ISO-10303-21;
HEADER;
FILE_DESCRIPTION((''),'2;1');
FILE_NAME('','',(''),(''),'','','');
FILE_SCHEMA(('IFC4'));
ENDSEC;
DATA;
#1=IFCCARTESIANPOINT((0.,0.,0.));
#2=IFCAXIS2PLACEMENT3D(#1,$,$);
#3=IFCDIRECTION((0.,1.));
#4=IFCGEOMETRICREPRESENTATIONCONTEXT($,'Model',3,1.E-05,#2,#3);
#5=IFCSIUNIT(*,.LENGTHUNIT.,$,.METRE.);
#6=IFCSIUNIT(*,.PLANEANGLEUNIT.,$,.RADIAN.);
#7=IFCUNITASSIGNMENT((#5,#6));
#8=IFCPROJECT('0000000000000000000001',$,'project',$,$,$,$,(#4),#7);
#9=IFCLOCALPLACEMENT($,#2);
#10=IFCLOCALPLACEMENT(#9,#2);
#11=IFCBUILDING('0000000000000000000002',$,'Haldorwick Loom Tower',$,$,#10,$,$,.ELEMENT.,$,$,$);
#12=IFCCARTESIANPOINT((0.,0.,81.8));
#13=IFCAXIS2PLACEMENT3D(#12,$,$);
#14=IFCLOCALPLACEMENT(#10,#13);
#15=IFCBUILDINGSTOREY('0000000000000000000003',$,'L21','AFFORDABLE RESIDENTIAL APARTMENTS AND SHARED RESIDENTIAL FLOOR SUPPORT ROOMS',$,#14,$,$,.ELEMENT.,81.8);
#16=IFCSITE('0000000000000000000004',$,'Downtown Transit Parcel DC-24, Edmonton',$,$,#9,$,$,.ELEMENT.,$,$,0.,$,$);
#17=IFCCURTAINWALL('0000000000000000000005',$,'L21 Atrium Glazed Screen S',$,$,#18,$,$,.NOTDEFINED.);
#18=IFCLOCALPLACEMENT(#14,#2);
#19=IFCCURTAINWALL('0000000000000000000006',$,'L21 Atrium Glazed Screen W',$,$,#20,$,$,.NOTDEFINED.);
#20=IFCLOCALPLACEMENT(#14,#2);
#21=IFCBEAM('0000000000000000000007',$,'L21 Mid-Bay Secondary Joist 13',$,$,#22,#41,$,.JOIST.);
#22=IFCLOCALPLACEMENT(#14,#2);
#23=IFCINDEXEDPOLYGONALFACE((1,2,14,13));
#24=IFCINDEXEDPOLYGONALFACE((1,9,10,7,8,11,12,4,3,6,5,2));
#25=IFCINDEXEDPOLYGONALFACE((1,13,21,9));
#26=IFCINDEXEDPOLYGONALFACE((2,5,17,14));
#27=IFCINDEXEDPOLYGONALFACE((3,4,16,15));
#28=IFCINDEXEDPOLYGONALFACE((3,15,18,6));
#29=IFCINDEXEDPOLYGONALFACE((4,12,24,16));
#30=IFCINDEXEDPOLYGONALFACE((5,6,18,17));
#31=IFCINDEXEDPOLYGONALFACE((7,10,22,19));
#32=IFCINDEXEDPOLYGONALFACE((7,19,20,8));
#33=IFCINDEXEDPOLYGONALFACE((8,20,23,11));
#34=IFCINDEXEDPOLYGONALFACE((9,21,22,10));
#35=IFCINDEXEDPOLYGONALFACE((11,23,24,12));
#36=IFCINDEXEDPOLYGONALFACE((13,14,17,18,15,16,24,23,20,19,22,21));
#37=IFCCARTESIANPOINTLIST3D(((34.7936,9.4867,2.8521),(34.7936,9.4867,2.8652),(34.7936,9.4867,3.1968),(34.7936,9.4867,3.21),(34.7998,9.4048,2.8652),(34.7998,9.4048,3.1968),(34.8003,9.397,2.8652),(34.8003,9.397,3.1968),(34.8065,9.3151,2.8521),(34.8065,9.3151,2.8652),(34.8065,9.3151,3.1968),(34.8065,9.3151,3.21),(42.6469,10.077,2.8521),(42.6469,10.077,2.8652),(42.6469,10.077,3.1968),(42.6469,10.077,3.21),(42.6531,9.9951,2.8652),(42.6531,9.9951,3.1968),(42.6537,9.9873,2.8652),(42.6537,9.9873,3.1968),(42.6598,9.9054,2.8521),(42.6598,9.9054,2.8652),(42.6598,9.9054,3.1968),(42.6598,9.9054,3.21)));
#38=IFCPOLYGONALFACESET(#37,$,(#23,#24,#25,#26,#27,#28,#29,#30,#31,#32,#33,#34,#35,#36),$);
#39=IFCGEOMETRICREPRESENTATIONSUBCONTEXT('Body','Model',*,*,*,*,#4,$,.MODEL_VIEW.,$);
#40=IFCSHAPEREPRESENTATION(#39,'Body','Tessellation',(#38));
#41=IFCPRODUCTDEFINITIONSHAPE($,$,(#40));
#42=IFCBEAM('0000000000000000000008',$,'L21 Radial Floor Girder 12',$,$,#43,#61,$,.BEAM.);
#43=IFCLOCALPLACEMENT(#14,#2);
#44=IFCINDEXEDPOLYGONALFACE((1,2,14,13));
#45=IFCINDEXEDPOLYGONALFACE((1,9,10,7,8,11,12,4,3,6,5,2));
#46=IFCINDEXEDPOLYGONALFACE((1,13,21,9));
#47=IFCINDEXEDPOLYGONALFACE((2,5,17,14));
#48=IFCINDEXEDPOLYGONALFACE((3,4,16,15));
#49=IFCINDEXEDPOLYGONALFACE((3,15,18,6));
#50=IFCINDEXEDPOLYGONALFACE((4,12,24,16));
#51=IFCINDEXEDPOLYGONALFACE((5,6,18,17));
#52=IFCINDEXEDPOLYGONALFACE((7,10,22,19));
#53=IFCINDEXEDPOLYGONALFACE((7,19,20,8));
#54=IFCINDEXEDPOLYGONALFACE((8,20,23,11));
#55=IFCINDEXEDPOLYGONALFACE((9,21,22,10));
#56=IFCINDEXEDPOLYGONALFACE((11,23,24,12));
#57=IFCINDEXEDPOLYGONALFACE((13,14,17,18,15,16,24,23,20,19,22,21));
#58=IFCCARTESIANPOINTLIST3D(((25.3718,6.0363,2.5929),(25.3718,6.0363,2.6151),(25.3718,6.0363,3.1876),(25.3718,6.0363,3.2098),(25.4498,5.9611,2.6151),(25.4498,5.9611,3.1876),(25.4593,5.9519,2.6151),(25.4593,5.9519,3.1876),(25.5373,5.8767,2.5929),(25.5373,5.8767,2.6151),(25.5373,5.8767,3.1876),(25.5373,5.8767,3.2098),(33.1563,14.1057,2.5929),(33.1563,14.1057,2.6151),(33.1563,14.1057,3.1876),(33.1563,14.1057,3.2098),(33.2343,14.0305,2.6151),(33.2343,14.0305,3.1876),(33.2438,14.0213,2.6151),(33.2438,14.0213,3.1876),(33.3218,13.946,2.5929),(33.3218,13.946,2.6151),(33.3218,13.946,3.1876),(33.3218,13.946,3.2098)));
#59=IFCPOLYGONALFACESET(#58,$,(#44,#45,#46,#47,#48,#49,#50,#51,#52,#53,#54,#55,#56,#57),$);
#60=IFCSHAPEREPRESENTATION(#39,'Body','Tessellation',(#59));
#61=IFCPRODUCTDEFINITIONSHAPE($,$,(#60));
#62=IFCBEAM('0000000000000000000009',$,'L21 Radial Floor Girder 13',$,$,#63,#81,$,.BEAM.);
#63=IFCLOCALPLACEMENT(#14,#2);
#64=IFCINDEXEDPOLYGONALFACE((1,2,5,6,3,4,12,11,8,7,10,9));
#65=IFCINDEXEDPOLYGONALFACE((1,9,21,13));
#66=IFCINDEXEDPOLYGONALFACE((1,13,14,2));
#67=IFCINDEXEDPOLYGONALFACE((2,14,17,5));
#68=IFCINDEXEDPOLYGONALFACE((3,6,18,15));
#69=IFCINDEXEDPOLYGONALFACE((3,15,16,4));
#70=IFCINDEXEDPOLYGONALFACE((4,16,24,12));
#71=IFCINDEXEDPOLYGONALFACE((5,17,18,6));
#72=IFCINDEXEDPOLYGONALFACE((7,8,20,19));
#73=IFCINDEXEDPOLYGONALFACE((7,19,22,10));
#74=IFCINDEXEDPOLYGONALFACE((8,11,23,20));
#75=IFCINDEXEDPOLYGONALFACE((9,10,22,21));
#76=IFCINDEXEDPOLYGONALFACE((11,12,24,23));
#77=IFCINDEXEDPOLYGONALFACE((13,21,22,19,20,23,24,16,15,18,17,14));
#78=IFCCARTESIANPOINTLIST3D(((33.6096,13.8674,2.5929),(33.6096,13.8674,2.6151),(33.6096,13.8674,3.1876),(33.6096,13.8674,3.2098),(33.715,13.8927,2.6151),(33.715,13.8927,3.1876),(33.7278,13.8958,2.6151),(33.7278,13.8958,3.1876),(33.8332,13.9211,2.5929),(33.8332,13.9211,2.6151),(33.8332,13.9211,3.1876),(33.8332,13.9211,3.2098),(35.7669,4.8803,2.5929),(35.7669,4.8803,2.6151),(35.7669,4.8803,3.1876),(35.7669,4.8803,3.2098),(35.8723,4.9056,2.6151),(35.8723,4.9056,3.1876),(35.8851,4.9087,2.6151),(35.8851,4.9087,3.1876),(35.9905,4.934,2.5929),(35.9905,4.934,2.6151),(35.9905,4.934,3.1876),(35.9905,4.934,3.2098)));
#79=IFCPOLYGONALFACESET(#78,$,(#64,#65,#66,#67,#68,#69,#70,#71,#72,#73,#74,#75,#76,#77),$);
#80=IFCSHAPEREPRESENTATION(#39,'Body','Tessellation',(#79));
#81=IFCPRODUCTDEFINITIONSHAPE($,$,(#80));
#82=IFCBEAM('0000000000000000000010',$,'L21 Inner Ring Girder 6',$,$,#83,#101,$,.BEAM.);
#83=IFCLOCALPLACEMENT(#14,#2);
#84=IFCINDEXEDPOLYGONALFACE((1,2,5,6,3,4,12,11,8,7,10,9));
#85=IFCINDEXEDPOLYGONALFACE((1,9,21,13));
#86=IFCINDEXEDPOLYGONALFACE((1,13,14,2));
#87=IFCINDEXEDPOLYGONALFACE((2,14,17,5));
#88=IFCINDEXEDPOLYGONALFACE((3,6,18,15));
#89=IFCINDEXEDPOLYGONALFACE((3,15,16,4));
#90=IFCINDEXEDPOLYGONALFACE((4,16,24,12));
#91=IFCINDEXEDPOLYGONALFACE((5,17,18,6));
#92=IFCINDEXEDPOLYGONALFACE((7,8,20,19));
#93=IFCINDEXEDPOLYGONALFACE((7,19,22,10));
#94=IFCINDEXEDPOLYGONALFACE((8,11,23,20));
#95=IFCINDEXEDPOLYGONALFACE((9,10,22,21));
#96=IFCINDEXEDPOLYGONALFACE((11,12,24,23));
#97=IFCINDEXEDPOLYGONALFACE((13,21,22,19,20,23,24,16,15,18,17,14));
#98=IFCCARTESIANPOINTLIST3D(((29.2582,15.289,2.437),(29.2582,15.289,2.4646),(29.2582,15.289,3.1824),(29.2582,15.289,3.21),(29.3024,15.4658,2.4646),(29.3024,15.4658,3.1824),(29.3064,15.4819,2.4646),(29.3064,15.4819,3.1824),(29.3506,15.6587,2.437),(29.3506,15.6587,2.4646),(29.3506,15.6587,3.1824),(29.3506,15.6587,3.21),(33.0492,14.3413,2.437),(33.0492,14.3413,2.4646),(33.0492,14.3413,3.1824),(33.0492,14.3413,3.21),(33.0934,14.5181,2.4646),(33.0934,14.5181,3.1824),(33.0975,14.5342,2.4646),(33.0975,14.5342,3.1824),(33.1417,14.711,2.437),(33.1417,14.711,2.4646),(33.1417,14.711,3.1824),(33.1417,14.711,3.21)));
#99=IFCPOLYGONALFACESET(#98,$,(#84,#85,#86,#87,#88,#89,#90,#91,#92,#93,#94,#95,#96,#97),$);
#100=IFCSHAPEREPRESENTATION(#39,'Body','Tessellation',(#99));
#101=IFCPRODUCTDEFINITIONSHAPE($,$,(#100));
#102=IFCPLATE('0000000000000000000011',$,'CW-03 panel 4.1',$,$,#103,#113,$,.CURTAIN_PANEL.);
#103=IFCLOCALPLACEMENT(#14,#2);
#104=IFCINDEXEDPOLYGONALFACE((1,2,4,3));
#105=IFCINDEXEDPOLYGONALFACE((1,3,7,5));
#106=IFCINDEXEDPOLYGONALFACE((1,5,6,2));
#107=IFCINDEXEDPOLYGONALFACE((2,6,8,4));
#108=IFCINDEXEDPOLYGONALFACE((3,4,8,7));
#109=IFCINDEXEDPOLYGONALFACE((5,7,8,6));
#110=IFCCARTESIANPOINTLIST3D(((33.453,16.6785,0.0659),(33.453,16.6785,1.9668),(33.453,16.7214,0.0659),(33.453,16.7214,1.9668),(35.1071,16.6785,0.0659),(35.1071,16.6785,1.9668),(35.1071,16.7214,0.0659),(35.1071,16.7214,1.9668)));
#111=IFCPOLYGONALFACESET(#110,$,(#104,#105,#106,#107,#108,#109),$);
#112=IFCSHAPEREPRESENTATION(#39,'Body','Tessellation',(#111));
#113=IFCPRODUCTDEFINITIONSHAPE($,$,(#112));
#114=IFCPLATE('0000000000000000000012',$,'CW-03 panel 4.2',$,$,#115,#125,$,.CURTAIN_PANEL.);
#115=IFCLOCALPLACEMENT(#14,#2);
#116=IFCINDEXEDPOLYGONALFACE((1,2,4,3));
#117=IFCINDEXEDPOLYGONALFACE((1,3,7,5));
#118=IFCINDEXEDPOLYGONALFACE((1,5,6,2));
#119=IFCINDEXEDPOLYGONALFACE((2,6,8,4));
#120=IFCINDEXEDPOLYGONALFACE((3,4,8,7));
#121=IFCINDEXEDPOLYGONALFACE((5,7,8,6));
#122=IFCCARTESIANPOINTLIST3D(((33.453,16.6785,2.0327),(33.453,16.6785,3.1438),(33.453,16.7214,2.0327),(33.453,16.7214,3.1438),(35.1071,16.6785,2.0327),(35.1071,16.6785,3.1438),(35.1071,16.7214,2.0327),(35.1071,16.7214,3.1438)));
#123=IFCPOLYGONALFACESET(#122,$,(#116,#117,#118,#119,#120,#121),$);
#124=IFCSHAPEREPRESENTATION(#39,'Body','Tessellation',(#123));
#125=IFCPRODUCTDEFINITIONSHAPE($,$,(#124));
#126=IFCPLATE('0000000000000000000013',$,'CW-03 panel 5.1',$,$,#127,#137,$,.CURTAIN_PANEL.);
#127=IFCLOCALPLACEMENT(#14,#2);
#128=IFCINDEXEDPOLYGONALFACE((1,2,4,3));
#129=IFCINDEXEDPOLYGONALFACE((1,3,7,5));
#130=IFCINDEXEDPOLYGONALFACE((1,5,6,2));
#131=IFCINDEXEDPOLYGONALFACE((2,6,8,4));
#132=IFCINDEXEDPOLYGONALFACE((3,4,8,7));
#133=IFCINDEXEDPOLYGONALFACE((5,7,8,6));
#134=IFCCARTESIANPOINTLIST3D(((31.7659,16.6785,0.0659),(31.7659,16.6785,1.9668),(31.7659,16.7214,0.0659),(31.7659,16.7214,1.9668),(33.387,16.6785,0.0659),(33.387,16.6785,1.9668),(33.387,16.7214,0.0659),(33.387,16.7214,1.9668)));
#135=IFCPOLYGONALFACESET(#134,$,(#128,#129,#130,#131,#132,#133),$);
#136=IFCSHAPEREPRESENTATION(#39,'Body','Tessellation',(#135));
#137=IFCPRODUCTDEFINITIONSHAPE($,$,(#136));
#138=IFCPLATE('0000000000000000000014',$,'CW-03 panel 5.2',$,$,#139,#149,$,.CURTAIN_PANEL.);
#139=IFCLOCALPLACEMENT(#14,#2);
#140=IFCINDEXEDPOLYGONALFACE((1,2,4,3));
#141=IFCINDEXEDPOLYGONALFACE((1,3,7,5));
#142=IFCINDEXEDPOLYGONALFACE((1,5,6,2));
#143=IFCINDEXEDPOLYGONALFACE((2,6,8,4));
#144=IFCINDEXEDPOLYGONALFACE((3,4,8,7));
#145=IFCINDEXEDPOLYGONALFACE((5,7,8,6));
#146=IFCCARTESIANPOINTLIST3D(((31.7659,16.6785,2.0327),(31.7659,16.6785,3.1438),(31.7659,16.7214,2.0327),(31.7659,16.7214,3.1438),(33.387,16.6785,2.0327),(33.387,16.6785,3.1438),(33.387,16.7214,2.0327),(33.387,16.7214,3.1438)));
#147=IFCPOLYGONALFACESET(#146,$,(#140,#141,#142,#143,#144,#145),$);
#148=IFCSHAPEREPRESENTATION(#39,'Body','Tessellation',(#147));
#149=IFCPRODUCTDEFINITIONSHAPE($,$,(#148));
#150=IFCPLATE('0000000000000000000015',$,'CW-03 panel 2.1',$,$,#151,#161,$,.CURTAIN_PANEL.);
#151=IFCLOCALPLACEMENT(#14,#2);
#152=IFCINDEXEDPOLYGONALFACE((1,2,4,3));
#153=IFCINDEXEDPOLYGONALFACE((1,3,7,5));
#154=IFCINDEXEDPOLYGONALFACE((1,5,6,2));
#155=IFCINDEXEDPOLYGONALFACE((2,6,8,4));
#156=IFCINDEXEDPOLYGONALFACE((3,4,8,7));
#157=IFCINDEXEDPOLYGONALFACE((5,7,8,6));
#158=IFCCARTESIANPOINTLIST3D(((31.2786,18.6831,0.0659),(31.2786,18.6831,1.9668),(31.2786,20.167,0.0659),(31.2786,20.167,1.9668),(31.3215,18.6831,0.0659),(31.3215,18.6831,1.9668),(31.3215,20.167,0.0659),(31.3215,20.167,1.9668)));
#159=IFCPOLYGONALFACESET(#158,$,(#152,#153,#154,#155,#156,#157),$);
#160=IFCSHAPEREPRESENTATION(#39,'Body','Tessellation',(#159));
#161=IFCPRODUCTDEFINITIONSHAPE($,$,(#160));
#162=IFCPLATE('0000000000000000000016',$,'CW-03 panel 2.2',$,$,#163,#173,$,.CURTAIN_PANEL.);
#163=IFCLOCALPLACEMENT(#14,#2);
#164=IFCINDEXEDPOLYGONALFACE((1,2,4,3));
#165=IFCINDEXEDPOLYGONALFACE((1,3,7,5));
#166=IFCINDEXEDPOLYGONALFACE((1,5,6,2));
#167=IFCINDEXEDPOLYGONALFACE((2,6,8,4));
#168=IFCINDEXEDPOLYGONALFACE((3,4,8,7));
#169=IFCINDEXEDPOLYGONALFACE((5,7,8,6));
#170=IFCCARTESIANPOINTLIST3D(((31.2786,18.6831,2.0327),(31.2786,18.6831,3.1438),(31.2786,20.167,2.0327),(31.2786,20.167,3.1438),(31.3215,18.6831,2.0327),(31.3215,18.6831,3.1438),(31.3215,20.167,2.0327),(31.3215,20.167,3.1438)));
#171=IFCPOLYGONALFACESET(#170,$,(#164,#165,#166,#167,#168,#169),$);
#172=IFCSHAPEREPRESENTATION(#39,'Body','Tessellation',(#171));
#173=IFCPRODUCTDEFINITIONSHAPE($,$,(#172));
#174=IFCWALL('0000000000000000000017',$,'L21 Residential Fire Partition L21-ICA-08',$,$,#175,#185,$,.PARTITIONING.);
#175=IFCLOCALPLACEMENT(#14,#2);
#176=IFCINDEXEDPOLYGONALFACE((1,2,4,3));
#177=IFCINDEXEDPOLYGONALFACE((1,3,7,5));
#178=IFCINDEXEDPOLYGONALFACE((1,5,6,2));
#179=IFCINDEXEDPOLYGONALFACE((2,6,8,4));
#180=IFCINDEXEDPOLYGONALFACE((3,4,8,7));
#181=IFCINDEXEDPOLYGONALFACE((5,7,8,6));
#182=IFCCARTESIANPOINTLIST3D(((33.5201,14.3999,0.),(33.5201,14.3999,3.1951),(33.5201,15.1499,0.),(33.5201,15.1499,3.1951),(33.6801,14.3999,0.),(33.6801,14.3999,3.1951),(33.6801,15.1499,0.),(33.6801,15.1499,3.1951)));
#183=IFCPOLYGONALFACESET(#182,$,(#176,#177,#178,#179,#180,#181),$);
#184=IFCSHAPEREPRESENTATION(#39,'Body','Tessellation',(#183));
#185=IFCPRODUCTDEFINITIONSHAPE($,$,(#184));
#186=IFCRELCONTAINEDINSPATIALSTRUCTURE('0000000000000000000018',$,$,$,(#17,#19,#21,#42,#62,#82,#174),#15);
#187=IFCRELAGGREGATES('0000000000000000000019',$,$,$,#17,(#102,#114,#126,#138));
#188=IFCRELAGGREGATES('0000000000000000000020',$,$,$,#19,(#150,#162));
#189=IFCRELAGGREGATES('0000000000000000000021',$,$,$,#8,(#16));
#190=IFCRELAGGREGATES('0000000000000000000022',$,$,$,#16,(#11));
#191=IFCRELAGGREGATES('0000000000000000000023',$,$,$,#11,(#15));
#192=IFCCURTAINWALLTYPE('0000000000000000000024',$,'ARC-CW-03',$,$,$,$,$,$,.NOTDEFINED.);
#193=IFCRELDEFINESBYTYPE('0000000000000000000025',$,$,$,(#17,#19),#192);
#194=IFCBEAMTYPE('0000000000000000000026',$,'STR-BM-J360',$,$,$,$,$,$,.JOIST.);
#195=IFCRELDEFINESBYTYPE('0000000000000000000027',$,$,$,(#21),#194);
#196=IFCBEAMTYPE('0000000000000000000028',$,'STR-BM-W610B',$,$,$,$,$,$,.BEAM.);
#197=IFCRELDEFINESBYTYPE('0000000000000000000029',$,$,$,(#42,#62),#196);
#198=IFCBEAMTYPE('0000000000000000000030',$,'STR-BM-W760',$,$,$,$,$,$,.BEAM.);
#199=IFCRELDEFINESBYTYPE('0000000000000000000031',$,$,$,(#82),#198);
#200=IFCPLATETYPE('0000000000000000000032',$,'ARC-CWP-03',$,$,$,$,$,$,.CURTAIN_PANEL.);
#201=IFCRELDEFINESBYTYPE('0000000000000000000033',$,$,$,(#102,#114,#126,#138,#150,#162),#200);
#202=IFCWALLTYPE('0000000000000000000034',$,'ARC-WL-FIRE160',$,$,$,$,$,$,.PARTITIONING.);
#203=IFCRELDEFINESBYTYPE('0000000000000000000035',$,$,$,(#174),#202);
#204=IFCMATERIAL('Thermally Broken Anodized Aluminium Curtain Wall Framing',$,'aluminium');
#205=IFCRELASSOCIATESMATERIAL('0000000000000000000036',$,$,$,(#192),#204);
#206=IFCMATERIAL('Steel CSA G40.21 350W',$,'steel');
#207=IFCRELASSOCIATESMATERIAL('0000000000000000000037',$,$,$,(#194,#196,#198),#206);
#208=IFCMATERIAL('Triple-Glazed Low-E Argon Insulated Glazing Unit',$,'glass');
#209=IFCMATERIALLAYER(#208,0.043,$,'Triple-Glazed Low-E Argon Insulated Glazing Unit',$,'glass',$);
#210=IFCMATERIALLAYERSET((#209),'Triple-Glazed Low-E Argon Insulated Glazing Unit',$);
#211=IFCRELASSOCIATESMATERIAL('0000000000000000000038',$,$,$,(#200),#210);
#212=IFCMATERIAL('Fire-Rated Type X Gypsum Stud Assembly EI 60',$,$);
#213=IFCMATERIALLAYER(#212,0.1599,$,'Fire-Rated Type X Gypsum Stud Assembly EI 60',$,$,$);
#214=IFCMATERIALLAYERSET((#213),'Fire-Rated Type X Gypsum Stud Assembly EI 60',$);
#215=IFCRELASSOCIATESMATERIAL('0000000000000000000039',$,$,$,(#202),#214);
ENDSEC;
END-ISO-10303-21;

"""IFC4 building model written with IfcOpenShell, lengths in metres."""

from ifc_helpers import new_model, si_unit, direction, frame, frame_2d, origin, origin_2d, place, context, subcontext, project, spatial, rectangle, i_section, extrude, material, layer, layer_set, material_profile, profile_set, type_object, element, aggregate, save


model = new_model("IFC4")

# Units and contexts
model_context = context("Model", 3, precision=1e-05, world=origin(), true_north=direction((0.0, 1.0)))
body_context = subcontext(model_context, "Body", "Model", "MODEL_VIEW")
ifc_project = project(units=[si_unit("LENGTHUNIT", "METRE"), si_unit("PLANEANGLEUNIT", "RADIAN")], contexts=[model_context])

# Site, building, storey
site_placement = place(None, origin())
site = spatial("IfcSite", under=ifc_project, at=site_placement, Name="Downtown Transit Parcel DC-24, Edmonton", CompositionType="ELEMENT", RefElevation=0.0)
building_placement = place(site_placement, origin())
building = spatial("IfcBuilding", under=site, at=building_placement, Name="Haldorwick Loom Tower", CompositionType="ELEMENT")
storey_placement = place(building_placement, frame((0.0, 0.0, 81.8)))
storey = spatial("IfcBuildingStorey", under=building, at=storey_placement, Name="L21", Description="AFFORDABLE RESIDENTIAL APARTMENTS AND SHARED RESIDENTIAL FLOOR SUPPORT ROOMS", CompositionType="ELEMENT", Elevation=81.8)

# Curtain wall
ifc_material_1 = material(Name="Thermally Broken Anodized Aluminium Curtain Wall Framing", Category="aluminium")
curtain_wall_type = type_object("IfcCurtainWallType", Name="ARC-CW-03", PredefinedType="NOTDEFINED", material=ifc_material_1)
curtain_wall_1_placement = place(storey_placement, origin())
curtain_wall_1 = element("IfcCurtainWall", 1, at=curtain_wall_1_placement, inside=storey, type_object=curtain_wall_type, Name="L21 Atrium Glazed Screen S", PredefinedType="NOTDEFINED")

# Curtain wall
curtain_wall_2_placement = place(storey_placement, origin())
curtain_wall_2 = element("IfcCurtainWall", 2, at=curtain_wall_2_placement, inside=storey, type_object=curtain_wall_type, Name="L21 Atrium Glazed Screen W", PredefinedType="NOTDEFINED")

# Beams
ifc_material_2 = material(Name="Steel CSA G40.21 350W", Category="steel")
ifc_material_profile_1 = material_profile(ifc_material_2, i_section(OverallWidth=0.1721, OverallDepth=0.3579, WebThickness=0.0078, FlangeThickness=0.0132, at=origin_2d()), Name="W360X57", Category="steel")
ifc_profile_set_1 = profile_set([ifc_material_profile_1], Name="Steel CSA G40.21 350W")
beam_type_1 = type_object("IfcBeamType", Name="STR-BM-J360", PredefinedType="JOIST", material=ifc_profile_set_1)
beam_1_placement = place(storey_placement, frame((34.8, 9.4009, 3.031), z_axis=(0.997187, 0.074959, 0.0), x_axis=(-0.074959, 0.997187, 0.0)))
element("IfcBeam", 3, at=beam_1_placement, inside=storey, type_object=beam_type_1, Name="L21 Mid-Bay Secondary Joist 13", PredefinedType="JOIST", context=body_context, shape_type="SweptSolid", body=[
    extrude(i_section(OverallWidth=0.1721, OverallDepth=0.3579, WebThickness=0.0078, FlangeThickness=0.0132, at=origin_2d()), origin(), (0.0, 0.0, 1.0), 7.8755),
])
ifc_material_profile_2 = material_profile(ifc_material_2, i_section(OverallWidth=0.23, OverallDepth=0.6169, WebThickness=0.0132, FlangeThickness=0.0222, at=origin_2d()), Name="W610X140", Category="steel")
ifc_profile_set_2 = profile_set([ifc_material_profile_2], Name="Steel CSA G40.21 350W")
beam_type_2 = type_object("IfcBeamType", Name="STR-BM-W610B", PredefinedType="BEAM", material=ifc_profile_set_2)
beam_2_placement = place(storey_placement, frame((33.239, 14.0259, 2.9014), z_axis=(-0.694287, -0.719698, 0.0), x_axis=(0.719698, -0.694287, 0.0)))
element("IfcBeam", 4, at=beam_2_placement, inside=storey, type_object=beam_type_2, Name="L21 Radial Floor Girder 12", PredefinedType="BEAM", context=body_context, shape_type="SweptSolid", body=[
    extrude(i_section(OverallWidth=0.23, OverallDepth=0.6169, WebThickness=0.0132, FlangeThickness=0.0222, at=origin_2d()), origin(), (0.0, 0.0, 1.0), 11.2122),
])
beam_3_placement = place(storey_placement, frame((33.7214, 13.8943, 2.9014), z_axis=(0.233407, -0.972379, 0.0), x_axis=(0.972379, 0.233407, 0.0)))
element("IfcBeam", 5, at=beam_3_placement, inside=storey, type_object=beam_type_2, Name="L21 Radial Floor Girder 13", PredefinedType="BEAM", context=body_context, shape_type="SweptSolid", body=[
    extrude(i_section(OverallWidth=0.23, OverallDepth=0.6169, WebThickness=0.0132, FlangeThickness=0.0222, at=origin_2d()), origin(), (0.0, 0.0, 1.0), 9.2424),
])
ifc_material_profile_3 = material_profile(ifc_material_2, i_section(OverallWidth=0.3811, OverallDepth=0.7729, WebThickness=0.0166, FlangeThickness=0.0276, at=origin_2d()), Name="W760X257", Category="steel")
ifc_profile_set_3 = profile_set([ifc_material_profile_3], Name="Steel CSA G40.21 350W")
beam_type_3 = type_object("IfcBeamType", Name="STR-BM-W760", PredefinedType="BEAM", material=ifc_profile_set_3)
beam_4_placement = place(storey_placement, frame((33.0955, 14.5261, 2.8235), z_axis=(-0.970143, 0.242536, 0.0), x_axis=(-0.242536, -0.970143, 0.0)))
element("IfcBeam", 6, at=beam_4_placement, inside=storey, type_object=beam_type_3, Name="L21 Inner Ring Girder 6", PredefinedType="BEAM", context=body_context, shape_type="SweptSolid", body=[
    extrude(i_section(OverallWidth=0.3811, OverallDepth=0.7729, WebThickness=0.0166, FlangeThickness=0.0276, at=origin_2d()), origin(), (0.0, 0.0, 1.0), 3.9077),
])

# Plates
ifc_material_3 = material(Name="Triple-Glazed Low-E Argon Insulated Glazing Unit", Category="glass")
ifc_layer_1 = layer(ifc_material_3, 0.043, Name="Triple-Glazed Low-E Argon Insulated Glazing Unit", Category="glass")
ifc_layer_set_1 = layer_set([ifc_layer_1], Name="Triple-Glazed Low-E Argon Insulated Glazing Unit")
plate_type = type_object("IfcPlateType", Name="ARC-CWP-03", PredefinedType="CURTAIN_PANEL", material=ifc_layer_set_1)
plate_1_placement = place(storey_placement, frame((34.28, 16.7, 0.0659), z_axis=(0.0, 0.0, 1.0), x_axis=(-1.0, 0.0, 0.0)))
plate_1 = element("IfcPlate", 7, at=plate_1_placement, type_object=plate_type, Name="CW-03 panel 4.1", PredefinedType="CURTAIN_PANEL", context=body_context, shape_type="SweptSolid", body=[
    extrude(rectangle(XDim=1.6541, YDim=0.043, at=origin_2d()), origin(), (0.0, 0.0, 1.0), 1.9009),
])
plate_2_placement = place(storey_placement, frame((34.28, 16.7, 2.0327), z_axis=(0.0, 0.0, 1.0), x_axis=(-1.0, 0.0, 0.0)))
plate_2 = element("IfcPlate", 8, at=plate_2_placement, type_object=plate_type, Name="CW-03 panel 4.2", PredefinedType="CURTAIN_PANEL", context=body_context, shape_type="SweptSolid", body=[
    extrude(rectangle(XDim=1.6541, YDim=0.043, at=origin_2d()), origin(), (0.0, 0.0, 1.0), 1.1111),
])
plate_3_placement = place(storey_placement, frame((32.5764, 16.7, 0.0659), z_axis=(0.0, 0.0, 1.0), x_axis=(-1.0, 0.0, 0.0)))
plate_3 = element("IfcPlate", 9, at=plate_3_placement, type_object=plate_type, Name="CW-03 panel 5.1", PredefinedType="CURTAIN_PANEL", context=body_context, shape_type="SweptSolid", body=[
    extrude(rectangle(XDim=1.6211, YDim=0.043, at=origin_2d()), origin(), (0.0, 0.0, 1.0), 1.9009),
])
plate_4_placement = place(storey_placement, frame((32.5764, 16.7, 2.0327), z_axis=(0.0, 0.0, 1.0), x_axis=(-1.0, 0.0, 0.0)))
plate_4 = element("IfcPlate", 10, at=plate_4_placement, type_object=plate_type, Name="CW-03 panel 5.2", PredefinedType="CURTAIN_PANEL", context=body_context, shape_type="SweptSolid", body=[
    extrude(rectangle(XDim=1.6211, YDim=0.043, at=origin_2d()), origin(), (0.0, 0.0, 1.0), 1.1111),
])
aggregate(curtain_wall_1, [plate_1, plate_2, plate_3, plate_4])
plate_5_placement = place(storey_placement, frame((31.3, 19.425, 0.0659), z_axis=(0.0, 0.0, 1.0), x_axis=(0.0, 1.0, 0.0)))
plate_5 = element("IfcPlate", 11, at=plate_5_placement, type_object=plate_type, Name="CW-03 panel 2.1", PredefinedType="CURTAIN_PANEL", context=body_context, shape_type="SweptSolid", body=[
    extrude(rectangle(XDim=1.4839, YDim=0.043, at=origin_2d()), origin(), (0.0, 0.0, 1.0), 1.9009),
])
plate_6_placement = place(storey_placement, frame((31.3, 19.425, 2.0327), z_axis=(0.0, 0.0, 1.0), x_axis=(0.0, 1.0, 0.0)))
plate_6 = element("IfcPlate", 12, at=plate_6_placement, type_object=plate_type, Name="CW-03 panel 2.2", PredefinedType="CURTAIN_PANEL", context=body_context, shape_type="SweptSolid", body=[
    extrude(rectangle(XDim=1.4839, YDim=0.043, at=origin_2d()), origin(), (0.0, 0.0, 1.0), 1.1111),
])
aggregate(curtain_wall_2, [plate_5, plate_6])

# Wall
ifc_material_4 = material(Name="Fire-Rated Type X Gypsum Stud Assembly EI 60")
ifc_layer_2 = layer(ifc_material_4, 0.1599, Name="Fire-Rated Type X Gypsum Stud Assembly EI 60")
ifc_layer_set_2 = layer_set([ifc_layer_2], Name="Fire-Rated Type X Gypsum Stud Assembly EI 60")
wall_type = type_object("IfcWallType", Name="ARC-WL-FIRE160", PredefinedType="PARTITIONING", material=ifc_layer_set_2)
wall_1_placement = place(storey_placement, frame((33.6001, 15.1499, 0.0), z_axis=(0.0, 0.0, 1.0), x_axis=(0.0, -1.0, 0.0)))
element("IfcWall", 13, at=wall_1_placement, inside=storey, type_object=wall_type, Name="L21 Residential Fire Partition L21-ICA-08", PredefinedType="PARTITIONING", context=body_context, shape_type="SweptSolid", body=[
    extrude(rectangle(XDim=0.75, YDim=0.1599, at=frame_2d((0.375, 0.0))), origin(), (0.0, 0.0, 1.0), 3.1951),
])

save(model, "model.ifc")
